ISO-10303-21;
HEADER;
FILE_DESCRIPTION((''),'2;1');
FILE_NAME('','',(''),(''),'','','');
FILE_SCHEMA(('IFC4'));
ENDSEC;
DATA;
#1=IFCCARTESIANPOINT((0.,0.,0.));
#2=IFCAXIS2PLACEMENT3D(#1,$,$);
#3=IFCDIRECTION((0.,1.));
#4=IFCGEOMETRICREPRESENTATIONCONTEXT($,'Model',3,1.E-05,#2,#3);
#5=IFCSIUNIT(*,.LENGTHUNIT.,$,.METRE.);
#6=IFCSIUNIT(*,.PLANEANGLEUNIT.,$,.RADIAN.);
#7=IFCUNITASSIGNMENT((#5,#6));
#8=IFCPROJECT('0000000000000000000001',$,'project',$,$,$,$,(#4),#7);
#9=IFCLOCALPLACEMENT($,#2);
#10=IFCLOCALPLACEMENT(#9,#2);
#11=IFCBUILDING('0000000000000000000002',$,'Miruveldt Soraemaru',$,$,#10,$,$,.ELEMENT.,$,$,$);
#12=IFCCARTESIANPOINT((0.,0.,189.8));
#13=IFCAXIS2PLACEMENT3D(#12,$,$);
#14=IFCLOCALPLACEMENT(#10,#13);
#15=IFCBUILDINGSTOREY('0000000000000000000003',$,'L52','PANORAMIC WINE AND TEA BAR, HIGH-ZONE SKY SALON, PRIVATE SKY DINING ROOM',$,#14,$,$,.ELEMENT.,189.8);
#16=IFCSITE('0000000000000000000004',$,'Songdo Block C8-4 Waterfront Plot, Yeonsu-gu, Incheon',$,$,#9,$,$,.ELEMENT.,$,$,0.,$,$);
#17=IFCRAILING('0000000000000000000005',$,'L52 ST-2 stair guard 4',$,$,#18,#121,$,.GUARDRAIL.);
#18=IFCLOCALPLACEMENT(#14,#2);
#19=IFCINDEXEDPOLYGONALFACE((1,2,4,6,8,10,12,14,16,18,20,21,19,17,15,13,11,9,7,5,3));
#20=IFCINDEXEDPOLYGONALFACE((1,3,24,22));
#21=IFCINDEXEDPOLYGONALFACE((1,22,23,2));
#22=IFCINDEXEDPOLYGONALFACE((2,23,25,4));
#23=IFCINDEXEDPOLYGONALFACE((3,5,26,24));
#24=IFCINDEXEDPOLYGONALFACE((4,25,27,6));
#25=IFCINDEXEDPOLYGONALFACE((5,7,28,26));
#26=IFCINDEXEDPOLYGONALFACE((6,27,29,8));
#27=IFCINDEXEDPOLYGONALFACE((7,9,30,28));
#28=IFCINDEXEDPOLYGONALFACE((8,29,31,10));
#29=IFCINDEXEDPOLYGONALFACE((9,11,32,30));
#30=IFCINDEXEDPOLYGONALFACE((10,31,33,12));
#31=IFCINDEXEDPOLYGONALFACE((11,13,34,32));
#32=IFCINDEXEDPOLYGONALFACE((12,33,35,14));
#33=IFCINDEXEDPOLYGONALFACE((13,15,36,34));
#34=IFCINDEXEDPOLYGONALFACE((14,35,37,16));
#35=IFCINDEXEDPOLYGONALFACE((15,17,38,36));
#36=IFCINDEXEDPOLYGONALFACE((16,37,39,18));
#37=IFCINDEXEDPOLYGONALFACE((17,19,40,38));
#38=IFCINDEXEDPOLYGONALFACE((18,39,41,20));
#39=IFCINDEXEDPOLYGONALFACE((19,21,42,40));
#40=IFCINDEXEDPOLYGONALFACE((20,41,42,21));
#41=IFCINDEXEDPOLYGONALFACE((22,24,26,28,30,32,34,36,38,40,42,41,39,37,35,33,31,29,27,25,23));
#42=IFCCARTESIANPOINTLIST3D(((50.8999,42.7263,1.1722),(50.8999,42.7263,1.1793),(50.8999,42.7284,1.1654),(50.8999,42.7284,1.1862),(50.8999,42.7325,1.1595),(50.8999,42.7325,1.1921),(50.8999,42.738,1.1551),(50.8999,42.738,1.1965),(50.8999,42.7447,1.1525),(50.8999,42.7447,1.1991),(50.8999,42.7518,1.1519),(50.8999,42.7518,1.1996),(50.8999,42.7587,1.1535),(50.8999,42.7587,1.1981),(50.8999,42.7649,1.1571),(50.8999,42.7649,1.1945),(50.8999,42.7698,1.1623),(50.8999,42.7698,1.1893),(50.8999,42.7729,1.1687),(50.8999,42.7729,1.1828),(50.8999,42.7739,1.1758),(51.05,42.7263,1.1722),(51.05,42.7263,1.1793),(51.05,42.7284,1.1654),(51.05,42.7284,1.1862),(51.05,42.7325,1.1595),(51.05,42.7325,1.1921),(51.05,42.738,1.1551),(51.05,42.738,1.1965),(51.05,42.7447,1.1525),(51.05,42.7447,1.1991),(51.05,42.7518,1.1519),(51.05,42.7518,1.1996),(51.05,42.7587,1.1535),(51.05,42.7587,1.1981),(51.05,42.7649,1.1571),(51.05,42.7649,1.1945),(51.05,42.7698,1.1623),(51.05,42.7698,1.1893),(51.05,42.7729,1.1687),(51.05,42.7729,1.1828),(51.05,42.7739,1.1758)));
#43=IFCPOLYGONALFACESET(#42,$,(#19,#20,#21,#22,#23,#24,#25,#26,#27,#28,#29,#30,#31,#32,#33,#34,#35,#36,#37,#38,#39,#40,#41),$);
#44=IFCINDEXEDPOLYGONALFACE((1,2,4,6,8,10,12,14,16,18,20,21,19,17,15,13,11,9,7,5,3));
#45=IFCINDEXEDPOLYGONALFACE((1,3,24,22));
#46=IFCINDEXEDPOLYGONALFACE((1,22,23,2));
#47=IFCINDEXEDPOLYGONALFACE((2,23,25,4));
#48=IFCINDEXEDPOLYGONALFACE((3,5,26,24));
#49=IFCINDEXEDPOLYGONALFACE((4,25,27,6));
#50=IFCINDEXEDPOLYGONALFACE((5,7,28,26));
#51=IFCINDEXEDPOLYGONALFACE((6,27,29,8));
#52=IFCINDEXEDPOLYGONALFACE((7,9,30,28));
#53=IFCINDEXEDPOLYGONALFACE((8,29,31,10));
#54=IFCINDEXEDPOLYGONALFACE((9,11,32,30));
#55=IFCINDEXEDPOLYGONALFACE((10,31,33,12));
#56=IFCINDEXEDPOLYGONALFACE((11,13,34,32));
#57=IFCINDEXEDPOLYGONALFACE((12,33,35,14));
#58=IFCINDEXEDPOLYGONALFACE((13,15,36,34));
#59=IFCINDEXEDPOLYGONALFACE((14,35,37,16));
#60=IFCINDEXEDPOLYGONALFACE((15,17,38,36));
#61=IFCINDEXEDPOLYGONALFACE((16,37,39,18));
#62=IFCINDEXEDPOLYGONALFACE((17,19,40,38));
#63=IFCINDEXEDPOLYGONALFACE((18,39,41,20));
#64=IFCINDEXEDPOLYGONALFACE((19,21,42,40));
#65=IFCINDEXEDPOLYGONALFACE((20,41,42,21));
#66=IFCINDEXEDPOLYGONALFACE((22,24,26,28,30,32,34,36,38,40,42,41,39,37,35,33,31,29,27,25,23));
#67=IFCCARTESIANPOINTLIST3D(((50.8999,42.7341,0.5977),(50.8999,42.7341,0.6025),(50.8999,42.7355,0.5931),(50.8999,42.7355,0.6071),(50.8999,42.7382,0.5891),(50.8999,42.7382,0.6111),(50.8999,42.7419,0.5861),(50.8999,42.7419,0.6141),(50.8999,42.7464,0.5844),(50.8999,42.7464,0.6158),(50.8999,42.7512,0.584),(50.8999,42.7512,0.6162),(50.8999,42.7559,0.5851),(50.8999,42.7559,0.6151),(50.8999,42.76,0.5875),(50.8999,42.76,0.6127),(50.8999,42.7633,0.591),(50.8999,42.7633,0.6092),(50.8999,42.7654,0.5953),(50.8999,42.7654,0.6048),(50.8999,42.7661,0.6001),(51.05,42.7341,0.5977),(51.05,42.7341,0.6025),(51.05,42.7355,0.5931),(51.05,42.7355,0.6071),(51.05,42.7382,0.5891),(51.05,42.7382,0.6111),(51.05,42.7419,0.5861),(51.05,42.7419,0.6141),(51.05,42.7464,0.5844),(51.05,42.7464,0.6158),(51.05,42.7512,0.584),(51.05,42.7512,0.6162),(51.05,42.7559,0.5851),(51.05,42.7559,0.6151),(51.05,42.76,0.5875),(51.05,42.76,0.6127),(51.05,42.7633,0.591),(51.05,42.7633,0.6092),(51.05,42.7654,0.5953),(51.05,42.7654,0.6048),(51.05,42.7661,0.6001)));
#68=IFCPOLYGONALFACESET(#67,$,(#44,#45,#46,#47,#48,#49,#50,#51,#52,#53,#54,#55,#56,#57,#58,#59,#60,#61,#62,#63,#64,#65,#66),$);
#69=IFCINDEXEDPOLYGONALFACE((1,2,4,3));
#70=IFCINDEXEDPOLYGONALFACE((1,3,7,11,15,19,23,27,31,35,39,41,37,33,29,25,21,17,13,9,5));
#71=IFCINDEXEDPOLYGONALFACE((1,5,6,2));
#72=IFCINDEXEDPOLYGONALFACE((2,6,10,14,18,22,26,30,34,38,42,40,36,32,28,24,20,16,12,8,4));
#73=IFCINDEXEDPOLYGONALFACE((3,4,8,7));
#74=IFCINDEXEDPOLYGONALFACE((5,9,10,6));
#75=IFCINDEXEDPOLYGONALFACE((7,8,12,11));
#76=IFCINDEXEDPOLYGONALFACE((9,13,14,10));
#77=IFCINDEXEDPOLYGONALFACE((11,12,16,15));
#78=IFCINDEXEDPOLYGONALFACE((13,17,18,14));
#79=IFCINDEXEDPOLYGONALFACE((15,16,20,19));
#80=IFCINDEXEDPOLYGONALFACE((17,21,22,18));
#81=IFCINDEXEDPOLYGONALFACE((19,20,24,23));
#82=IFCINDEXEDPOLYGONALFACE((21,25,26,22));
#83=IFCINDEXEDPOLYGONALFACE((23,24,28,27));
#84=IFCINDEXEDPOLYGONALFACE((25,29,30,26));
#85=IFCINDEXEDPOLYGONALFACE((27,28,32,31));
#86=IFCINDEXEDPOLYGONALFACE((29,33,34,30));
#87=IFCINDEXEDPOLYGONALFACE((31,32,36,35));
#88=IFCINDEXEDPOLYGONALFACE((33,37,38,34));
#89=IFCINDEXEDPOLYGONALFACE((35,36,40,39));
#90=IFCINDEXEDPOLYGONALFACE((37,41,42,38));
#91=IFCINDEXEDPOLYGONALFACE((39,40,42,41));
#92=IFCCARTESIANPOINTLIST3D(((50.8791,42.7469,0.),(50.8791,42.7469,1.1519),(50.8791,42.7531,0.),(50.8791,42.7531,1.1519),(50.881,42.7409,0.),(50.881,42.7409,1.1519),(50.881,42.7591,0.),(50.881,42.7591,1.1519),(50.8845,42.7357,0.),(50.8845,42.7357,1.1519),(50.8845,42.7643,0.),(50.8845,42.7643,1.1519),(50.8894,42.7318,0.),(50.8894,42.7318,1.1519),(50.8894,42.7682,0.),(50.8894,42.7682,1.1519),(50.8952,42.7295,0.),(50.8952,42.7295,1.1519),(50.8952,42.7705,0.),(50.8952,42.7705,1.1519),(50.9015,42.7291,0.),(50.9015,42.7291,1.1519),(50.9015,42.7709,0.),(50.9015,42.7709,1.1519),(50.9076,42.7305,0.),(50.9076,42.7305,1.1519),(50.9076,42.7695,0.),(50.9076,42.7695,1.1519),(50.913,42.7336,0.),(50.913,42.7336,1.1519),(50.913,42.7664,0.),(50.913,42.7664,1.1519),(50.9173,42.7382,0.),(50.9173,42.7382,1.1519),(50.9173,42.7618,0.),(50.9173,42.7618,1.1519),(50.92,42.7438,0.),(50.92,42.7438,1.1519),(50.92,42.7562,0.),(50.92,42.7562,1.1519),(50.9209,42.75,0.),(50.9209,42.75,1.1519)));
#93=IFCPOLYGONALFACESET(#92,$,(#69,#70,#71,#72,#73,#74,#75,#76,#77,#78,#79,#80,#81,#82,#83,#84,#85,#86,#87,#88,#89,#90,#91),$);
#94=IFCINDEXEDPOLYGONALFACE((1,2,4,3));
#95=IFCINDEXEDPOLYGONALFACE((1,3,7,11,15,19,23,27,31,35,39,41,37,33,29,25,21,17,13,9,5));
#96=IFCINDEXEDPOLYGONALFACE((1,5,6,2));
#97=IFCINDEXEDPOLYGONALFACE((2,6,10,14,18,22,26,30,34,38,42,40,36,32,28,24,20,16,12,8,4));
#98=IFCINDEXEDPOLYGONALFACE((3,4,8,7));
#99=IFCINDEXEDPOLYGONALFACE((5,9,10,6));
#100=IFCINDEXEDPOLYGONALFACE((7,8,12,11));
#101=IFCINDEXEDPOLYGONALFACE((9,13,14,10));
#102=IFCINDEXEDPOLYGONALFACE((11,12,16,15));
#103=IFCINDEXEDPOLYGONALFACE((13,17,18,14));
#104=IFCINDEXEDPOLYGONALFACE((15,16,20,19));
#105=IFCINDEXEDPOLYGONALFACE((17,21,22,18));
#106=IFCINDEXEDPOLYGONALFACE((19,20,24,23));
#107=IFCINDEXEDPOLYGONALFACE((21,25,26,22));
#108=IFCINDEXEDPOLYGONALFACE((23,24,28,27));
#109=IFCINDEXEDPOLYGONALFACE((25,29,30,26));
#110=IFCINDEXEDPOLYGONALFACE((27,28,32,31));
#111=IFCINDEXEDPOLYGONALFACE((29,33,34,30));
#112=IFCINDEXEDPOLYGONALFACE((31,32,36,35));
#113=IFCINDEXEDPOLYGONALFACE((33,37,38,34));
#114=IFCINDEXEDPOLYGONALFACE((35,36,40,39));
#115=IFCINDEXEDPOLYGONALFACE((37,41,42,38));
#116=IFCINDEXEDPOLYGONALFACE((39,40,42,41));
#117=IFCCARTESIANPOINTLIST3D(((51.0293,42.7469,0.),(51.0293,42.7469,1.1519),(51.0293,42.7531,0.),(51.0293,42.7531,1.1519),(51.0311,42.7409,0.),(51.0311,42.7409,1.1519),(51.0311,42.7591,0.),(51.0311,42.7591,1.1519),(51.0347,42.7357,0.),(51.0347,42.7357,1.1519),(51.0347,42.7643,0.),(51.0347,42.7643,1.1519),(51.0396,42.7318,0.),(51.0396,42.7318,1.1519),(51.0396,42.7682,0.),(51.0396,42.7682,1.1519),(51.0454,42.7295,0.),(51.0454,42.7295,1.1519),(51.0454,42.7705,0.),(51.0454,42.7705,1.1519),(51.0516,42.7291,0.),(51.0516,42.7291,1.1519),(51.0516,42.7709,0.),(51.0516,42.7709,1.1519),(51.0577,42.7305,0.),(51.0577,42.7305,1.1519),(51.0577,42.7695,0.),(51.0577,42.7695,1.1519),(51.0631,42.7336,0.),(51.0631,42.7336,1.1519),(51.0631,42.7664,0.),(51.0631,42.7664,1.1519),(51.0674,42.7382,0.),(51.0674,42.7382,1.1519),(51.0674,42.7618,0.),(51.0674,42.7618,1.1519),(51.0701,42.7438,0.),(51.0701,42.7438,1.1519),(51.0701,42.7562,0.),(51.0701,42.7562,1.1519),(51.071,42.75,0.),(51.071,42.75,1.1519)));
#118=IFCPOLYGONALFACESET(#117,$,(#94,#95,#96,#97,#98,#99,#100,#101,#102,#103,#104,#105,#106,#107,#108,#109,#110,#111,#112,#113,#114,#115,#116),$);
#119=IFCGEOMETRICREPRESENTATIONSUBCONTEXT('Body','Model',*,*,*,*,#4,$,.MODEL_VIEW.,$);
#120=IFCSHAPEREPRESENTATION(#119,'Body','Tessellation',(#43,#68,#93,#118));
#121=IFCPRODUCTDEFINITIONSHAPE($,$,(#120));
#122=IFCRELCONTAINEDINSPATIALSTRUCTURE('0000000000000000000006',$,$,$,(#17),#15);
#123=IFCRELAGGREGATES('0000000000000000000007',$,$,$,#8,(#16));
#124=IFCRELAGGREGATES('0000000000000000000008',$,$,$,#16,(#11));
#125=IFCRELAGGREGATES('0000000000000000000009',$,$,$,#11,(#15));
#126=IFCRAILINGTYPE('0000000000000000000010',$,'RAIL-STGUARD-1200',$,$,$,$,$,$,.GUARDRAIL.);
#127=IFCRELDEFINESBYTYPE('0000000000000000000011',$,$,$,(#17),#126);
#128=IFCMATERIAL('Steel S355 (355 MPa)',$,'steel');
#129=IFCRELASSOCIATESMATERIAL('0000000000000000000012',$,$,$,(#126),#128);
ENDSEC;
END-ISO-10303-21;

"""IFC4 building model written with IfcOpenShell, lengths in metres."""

from ifc_helpers import new_model, si_unit, direction, frame, origin, origin_2d, place, context, subcontext, project, spatial, circle, extrude, material, type_object, element, save


model = new_model("IFC4")

# Units and contexts
model_context = context("Model", 3, precision=1e-05, world=origin(), true_north=direction((0.0, 1.0)))
body_context = subcontext(model_context, "Body", "Model", "MODEL_VIEW")
ifc_project = project(units=[si_unit("LENGTHUNIT", "METRE"), si_unit("PLANEANGLEUNIT", "RADIAN")], contexts=[model_context])

# Site, building, storey
site_placement = place(None, origin())
site = spatial("IfcSite", under=ifc_project, at=site_placement, Name="Songdo Block C8-4 Waterfront Plot, Yeonsu-gu, Incheon", CompositionType="ELEMENT", RefElevation=0.0)
building_placement = place(site_placement, origin())
building = spatial("IfcBuilding", under=site, at=building_placement, Name="Miruveldt Soraemaru", CompositionType="ELEMENT")
storey_placement = place(building_placement, frame((0.0, 0.0, 189.8)))
storey = spatial("IfcBuildingStorey", under=building, at=storey_placement, Name="L52", Description="PANORAMIC WINE AND TEA BAR, HIGH-ZONE SKY SALON, PRIVATE SKY DINING ROOM", CompositionType="ELEMENT", Elevation=189.8)

# Railing
ifc_material_1 = material(Name="Steel S355 (355 MPa)", Category="steel")
railing_type_1 = type_object("IfcRailingType", Name="RAIL-STGUARD-1200", PredefinedType="GUARDRAIL", material=ifc_material_1)
railing_1_placement = place(storey_placement, frame((50.8999, 42.75, 0.0)))
element("IfcRailing", 1, at=railing_1_placement, inside=storey, type_object=railing_type_1, Name="L52 ST-2 stair guard 4", PredefinedType="GUARDRAIL", context=body_context, shape_type="SweptSolid", body=[
    extrude(circle(Radius=0.0239, at=origin_2d()), frame((0.0, 0.0, 1.1758), z_axis=(1.0, 0.0, 0.0), x_axis=(0.0, 1.0, 0.0)), (0.0, 0.0, 1.0), 0.1501),
    extrude(circle(Radius=0.0161, at=origin_2d()), frame((0.0, 0.0, 0.6001), z_axis=(1.0, 0.0, 0.0), x_axis=(0.0, 1.0, 0.0)), (0.0, 0.0, 1.0), 0.1501),
    extrude(circle(Radius=0.021, at=origin_2d()), origin(), (0.0, 0.0, 1.0), 1.1519),
    extrude(circle(Radius=0.021, at=origin_2d()), frame((0.1501, 0.0, 0.0)), (0.0, 0.0, 1.0), 1.1519),
])

save(model, "model.ifc")
